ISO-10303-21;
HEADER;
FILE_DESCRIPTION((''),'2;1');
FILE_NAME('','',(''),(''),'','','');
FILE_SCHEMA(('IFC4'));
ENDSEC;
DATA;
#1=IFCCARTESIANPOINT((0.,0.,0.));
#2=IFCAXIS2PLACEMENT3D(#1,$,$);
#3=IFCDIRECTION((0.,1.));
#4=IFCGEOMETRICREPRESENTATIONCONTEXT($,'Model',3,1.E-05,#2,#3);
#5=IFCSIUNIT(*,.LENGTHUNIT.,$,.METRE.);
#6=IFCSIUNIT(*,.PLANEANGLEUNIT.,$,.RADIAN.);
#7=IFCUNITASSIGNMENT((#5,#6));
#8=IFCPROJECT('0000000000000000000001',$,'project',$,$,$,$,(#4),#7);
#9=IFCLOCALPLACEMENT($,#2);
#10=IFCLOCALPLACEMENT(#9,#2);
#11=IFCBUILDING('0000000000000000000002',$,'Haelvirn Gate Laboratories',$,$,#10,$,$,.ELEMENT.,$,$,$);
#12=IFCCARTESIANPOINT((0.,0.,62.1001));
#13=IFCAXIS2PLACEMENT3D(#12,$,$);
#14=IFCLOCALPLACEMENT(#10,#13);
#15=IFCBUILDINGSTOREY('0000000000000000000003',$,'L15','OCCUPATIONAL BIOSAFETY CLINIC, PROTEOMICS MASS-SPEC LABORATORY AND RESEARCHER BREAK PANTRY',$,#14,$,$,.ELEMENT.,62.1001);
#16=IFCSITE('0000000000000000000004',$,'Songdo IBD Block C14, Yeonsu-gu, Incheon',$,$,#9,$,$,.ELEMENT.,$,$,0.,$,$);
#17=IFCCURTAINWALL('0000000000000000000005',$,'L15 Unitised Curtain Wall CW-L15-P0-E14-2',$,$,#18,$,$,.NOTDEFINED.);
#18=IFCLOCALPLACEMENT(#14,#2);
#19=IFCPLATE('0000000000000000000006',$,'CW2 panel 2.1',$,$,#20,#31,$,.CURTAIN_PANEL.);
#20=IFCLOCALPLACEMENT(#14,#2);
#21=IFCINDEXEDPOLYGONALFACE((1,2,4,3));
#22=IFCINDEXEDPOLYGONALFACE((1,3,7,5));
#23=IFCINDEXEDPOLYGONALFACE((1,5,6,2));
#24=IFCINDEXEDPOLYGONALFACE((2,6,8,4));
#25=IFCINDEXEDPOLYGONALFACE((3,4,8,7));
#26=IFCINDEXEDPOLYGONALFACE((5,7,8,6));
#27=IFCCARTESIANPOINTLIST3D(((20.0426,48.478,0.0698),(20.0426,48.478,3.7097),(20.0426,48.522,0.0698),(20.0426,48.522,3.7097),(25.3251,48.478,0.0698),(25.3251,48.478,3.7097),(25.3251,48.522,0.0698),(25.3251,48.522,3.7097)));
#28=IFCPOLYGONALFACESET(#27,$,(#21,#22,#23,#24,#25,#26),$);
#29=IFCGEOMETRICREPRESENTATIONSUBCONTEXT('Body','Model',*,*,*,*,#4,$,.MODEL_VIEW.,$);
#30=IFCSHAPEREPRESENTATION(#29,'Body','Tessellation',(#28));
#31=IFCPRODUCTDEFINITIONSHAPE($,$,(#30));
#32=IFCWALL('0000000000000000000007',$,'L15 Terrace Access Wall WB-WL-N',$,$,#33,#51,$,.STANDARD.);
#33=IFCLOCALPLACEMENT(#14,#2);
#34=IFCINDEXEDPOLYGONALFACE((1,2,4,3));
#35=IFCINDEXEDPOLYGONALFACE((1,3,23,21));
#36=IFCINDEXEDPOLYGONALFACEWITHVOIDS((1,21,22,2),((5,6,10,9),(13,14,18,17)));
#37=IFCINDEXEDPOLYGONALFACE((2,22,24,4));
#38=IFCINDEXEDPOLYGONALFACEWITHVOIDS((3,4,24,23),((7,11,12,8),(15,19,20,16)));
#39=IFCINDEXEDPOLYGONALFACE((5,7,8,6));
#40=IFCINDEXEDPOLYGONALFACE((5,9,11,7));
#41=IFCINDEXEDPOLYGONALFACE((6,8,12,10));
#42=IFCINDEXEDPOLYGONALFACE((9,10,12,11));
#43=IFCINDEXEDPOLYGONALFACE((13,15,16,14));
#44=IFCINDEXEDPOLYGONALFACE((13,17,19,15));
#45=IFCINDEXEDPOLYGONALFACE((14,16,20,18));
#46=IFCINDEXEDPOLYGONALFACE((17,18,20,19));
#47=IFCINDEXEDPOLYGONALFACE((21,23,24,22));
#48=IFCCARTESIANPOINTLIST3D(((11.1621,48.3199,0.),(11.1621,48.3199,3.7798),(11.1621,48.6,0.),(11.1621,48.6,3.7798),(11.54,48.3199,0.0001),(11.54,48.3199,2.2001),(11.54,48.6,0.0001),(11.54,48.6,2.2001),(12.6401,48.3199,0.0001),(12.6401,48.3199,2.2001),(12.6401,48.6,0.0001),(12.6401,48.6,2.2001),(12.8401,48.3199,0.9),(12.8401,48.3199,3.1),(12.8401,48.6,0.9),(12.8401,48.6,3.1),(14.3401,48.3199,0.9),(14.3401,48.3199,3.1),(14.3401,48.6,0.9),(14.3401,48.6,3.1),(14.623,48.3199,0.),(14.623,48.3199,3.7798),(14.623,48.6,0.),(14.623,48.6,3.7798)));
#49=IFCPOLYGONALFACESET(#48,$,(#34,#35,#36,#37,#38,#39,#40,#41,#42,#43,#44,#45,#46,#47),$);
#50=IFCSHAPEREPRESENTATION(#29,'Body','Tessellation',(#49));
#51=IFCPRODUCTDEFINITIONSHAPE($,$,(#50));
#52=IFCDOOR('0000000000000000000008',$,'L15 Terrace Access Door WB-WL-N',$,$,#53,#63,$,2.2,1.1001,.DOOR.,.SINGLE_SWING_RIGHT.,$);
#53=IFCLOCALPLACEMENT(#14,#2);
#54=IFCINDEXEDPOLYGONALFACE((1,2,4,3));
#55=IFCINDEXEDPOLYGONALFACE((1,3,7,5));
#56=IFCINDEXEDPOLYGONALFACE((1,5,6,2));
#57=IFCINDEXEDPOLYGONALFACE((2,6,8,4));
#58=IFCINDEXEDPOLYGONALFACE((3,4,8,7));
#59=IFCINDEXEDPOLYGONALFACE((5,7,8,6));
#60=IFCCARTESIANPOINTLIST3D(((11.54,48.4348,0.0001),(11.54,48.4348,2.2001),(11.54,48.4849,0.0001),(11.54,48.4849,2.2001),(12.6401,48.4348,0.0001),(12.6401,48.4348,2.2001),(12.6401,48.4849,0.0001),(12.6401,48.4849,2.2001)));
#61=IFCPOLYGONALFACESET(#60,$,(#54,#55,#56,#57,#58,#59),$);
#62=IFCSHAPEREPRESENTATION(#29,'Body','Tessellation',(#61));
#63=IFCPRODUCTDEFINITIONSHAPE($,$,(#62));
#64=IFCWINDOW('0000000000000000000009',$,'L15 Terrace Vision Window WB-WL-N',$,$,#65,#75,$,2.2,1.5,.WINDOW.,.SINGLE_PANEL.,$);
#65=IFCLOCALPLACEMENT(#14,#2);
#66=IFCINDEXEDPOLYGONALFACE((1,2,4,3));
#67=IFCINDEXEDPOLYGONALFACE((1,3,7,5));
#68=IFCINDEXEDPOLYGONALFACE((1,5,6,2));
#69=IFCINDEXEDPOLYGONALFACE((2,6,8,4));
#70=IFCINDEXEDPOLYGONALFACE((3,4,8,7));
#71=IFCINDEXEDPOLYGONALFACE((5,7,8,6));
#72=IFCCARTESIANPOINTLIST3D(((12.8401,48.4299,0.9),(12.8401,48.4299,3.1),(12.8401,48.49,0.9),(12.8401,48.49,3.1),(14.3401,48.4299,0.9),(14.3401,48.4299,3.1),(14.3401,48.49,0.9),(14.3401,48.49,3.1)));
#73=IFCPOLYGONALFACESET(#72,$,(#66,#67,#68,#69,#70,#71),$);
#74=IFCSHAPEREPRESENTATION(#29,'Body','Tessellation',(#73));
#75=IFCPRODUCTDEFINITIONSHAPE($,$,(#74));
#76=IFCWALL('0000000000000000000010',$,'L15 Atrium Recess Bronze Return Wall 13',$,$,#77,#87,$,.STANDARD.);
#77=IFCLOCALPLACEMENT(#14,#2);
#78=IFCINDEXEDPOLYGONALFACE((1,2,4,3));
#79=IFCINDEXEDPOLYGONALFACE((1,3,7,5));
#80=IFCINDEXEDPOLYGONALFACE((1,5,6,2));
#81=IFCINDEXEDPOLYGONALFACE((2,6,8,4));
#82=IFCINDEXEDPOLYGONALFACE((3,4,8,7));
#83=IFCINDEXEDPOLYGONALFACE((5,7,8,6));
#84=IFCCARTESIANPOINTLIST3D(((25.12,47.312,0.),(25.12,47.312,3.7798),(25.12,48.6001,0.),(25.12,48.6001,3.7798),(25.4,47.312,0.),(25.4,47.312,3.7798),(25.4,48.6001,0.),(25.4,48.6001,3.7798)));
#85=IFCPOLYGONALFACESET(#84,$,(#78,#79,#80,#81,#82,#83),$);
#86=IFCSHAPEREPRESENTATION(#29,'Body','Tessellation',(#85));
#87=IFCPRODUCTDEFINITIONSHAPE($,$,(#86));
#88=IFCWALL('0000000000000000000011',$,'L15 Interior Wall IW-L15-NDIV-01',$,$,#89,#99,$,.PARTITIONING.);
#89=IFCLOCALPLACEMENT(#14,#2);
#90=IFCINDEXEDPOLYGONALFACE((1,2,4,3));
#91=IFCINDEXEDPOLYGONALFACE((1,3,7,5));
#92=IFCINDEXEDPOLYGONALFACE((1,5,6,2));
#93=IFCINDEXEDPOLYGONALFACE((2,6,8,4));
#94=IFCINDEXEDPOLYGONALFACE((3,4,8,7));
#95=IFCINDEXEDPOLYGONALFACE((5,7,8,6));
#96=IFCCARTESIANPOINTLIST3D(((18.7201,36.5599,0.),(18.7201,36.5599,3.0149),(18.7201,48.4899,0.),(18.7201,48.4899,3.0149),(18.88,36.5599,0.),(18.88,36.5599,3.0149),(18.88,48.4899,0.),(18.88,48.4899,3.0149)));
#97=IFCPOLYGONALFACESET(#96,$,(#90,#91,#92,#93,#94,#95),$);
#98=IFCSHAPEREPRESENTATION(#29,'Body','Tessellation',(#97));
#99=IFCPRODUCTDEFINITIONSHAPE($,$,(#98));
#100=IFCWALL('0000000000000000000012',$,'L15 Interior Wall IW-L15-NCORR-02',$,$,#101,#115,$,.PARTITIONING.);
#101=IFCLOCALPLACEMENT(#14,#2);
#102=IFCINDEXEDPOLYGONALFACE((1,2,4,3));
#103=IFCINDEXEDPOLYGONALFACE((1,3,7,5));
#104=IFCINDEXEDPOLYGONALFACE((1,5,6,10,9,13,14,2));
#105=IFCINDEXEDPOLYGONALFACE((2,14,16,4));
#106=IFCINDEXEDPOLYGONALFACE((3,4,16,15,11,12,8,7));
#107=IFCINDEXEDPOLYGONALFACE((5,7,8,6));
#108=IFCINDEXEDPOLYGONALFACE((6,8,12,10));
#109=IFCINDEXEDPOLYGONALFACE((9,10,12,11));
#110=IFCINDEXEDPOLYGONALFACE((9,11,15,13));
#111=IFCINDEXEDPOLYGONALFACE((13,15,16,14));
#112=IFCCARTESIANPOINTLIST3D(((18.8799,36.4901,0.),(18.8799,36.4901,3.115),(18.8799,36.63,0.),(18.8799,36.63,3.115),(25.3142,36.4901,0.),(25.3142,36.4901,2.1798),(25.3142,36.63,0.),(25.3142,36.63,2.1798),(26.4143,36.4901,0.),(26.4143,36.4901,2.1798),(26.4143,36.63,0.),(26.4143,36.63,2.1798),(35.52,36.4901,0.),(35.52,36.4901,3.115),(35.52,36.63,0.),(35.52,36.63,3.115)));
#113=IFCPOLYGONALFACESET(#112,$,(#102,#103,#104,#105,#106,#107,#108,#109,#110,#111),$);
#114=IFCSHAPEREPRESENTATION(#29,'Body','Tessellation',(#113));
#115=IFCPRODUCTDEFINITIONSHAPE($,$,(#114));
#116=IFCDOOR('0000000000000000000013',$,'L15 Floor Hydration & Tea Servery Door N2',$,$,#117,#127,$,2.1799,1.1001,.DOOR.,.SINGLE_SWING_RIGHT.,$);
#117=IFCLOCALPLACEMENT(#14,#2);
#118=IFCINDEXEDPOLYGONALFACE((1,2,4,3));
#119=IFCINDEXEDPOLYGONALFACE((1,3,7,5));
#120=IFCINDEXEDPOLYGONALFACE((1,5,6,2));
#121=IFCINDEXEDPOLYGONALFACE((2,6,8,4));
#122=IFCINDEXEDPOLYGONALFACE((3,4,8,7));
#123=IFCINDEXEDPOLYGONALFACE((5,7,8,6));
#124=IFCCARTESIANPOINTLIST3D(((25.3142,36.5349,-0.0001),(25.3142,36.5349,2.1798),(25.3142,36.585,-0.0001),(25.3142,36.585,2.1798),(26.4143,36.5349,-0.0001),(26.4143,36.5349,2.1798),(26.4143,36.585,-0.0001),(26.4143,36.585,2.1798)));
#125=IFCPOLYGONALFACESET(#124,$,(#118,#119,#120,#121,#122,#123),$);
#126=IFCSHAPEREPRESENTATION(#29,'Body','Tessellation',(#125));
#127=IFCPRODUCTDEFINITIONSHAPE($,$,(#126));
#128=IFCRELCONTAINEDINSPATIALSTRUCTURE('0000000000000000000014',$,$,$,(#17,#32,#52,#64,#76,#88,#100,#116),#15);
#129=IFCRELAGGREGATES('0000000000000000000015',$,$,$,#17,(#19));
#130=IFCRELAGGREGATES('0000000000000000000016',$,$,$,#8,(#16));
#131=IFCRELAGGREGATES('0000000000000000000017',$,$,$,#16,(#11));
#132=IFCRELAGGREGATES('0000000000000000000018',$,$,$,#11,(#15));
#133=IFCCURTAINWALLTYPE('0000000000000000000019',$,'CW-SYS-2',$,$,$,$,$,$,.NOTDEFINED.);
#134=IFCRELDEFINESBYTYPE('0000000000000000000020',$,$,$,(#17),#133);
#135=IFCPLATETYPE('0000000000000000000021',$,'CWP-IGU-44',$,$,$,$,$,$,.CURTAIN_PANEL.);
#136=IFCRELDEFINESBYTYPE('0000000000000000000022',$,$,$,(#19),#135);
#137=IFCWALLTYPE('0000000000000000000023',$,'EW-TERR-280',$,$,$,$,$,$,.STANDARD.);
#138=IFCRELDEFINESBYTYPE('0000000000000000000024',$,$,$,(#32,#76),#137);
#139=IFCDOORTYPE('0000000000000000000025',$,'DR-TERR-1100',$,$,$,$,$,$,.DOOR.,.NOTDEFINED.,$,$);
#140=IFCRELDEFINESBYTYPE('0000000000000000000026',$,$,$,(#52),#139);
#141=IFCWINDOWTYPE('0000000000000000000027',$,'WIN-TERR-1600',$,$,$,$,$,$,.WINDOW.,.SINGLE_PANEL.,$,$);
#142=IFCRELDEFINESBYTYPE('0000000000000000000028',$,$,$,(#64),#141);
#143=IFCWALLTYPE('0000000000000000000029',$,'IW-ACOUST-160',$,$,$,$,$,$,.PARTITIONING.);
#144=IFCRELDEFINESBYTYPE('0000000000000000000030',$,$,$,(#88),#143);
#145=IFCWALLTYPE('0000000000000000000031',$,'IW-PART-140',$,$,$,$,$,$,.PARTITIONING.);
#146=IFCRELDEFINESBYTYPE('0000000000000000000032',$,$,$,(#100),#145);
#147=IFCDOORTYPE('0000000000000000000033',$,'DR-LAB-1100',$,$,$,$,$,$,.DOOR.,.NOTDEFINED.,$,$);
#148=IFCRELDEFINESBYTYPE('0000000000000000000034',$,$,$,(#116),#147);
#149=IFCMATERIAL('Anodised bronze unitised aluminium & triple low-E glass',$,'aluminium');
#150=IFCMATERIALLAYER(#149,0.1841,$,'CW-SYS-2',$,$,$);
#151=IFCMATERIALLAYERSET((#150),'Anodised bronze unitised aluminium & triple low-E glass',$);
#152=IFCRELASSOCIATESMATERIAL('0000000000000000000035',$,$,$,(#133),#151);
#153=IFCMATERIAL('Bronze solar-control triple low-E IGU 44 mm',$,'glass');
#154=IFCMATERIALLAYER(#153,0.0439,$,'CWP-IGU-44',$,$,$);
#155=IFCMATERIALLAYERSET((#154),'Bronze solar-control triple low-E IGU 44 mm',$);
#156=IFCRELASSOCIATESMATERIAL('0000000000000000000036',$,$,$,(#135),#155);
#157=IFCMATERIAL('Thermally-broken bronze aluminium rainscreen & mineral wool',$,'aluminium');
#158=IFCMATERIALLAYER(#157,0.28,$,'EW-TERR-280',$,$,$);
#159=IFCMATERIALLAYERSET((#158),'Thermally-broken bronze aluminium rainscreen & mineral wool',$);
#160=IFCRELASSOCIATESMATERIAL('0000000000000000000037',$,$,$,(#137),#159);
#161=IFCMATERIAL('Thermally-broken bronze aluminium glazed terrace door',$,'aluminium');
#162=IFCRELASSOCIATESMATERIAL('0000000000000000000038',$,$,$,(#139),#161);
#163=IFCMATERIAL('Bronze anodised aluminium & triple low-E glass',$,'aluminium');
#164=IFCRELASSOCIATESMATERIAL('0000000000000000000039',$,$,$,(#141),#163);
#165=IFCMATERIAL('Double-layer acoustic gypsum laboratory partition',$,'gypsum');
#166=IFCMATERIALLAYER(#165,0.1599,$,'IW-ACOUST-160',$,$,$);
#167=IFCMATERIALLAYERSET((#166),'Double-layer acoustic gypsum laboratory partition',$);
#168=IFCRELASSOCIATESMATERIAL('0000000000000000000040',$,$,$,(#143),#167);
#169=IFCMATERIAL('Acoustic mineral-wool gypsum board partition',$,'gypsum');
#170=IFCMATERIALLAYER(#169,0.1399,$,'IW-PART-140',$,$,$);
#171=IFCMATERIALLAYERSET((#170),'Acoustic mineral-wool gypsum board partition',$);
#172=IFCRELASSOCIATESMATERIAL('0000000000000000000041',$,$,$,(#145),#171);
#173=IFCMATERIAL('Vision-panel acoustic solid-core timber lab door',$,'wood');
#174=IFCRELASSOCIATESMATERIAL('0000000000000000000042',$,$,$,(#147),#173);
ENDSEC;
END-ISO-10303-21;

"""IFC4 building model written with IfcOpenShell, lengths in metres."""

from ifc_helpers import new_model, si_unit, direction, frame, frame_2d, origin, origin_2d, place, context, subcontext, project, spatial, rectangle, extrude, source, transform, mapped, material, layer, layer_set, type_object, type_shapes, element, fill, aggregate, save


model = new_model("IFC4")

# Units and contexts
model_context = context("Model", 3, precision=1e-05, world=origin(), true_north=direction((0.0, 1.0)))
body_context = subcontext(model_context, "Body", "Model", "MODEL_VIEW")
ifc_project = project(units=[si_unit("LENGTHUNIT", "METRE"), si_unit("PLANEANGLEUNIT", "RADIAN")], contexts=[model_context])

# Site, building, storey
site_placement = place(None, origin())
site = spatial("IfcSite", under=ifc_project, at=site_placement, Name="Songdo IBD Block C14, Yeonsu-gu, Incheon", CompositionType="ELEMENT", RefElevation=0.0)
building_placement = place(site_placement, origin())
building = spatial("IfcBuilding", under=site, at=building_placement, Name="Haelvirn Gate Laboratories", CompositionType="ELEMENT")
storey_placement = place(building_placement, frame((0.0, 0.0, 62.1001)))
storey = spatial("IfcBuildingStorey", under=building, at=storey_placement, Name="L15", Description="OCCUPATIONAL BIOSAFETY CLINIC, PROTEOMICS MASS-SPEC LABORATORY AND RESEARCHER BREAK PANTRY", CompositionType="ELEMENT", Elevation=62.1001)

# Curtain wall
ifc_material_1 = material(Name="Anodised bronze unitised aluminium & triple low-E glass", Category="aluminium")
ifc_layer_1 = layer(ifc_material_1, 0.1841, Name="CW-SYS-2")
ifc_layer_set_1 = layer_set([ifc_layer_1], Name="Anodised bronze unitised aluminium & triple low-E glass")
curtain_wall_type = type_object("IfcCurtainWallType", Name="CW-SYS-2", PredefinedType="NOTDEFINED", material=ifc_layer_set_1)
curtain_wall_1_placement = place(storey_placement, origin())
curtain_wall_1 = element("IfcCurtainWall", 1, at=curtain_wall_1_placement, inside=storey, type_object=curtain_wall_type, Name="L15 Unitised Curtain Wall CW-L15-P0-E14-2", PredefinedType="NOTDEFINED")

# Plate
ifc_material_2 = material(Name="Bronze solar-control triple low-E IGU 44 mm", Category="glass")
ifc_layer_2 = layer(ifc_material_2, 0.0439, Name="CWP-IGU-44")
ifc_layer_set_2 = layer_set([ifc_layer_2], Name="Bronze solar-control triple low-E IGU 44 mm")
plate_type = type_object("IfcPlateType", Name="CWP-IGU-44", PredefinedType="CURTAIN_PANEL", material=ifc_layer_set_2)
shared_shape_1 = source(origin(), body_context, "Body", "SweptSolid", [
    extrude(rectangle(XDim=5.2825, YDim=0.0439, at=origin_2d()), origin(), (0.0, 0.0, 1.0), 3.6399),
])
plate_1_placement = place(storey_placement, frame((22.6838, 48.5, 0.0698), z_axis=(0.0, 0.0, 1.0), x_axis=(1.0, 0.0, 0.0)))
plate_1 = element("IfcPlate", 2, at=plate_1_placement, type_object=plate_type, Name="CW2 panel 2.1", PredefinedType="CURTAIN_PANEL", context=body_context, shape_type="MappedRepresentation", body=[
    mapped(shared_shape_1, transform((0.0, 0.0, 0.0), scale=1.0)),
])
aggregate(curtain_wall_1, [plate_1])

# Wall, openings, door, window
ifc_material_3 = material(Name="Thermally-broken bronze aluminium rainscreen & mineral wool", Category="aluminium")
ifc_layer_3 = layer(ifc_material_3, 0.28, Name="EW-TERR-280")
ifc_layer_set_3 = layer_set([ifc_layer_3], Name="Thermally-broken bronze aluminium rainscreen & mineral wool")
wall_type_1 = type_object("IfcWallType", Name="EW-TERR-280", PredefinedType="STANDARD", material=ifc_layer_set_3)
wall_1_placement = place(storey_placement, frame((11.1621, 48.46, 0.0), z_axis=(0.0, 0.0, 1.0), x_axis=(1.0, 0.0, 0.0)))
wall_1 = element("IfcWall", 3, at=wall_1_placement, inside=storey, type_object=wall_type_1, Name="L15 Terrace Access Wall WB-WL-N", PredefinedType="STANDARD", context=body_context, shape_type="SweptSolid", body=[
    extrude(rectangle(XDim=3.4609, YDim=0.28, at=frame_2d((1.7305, 0.0))), origin(), (0.0, 0.0, 1.0), 3.7798),
])
opening_1_placement = place(wall_1_placement, frame((0.3779, 0.0, 0.0)))
opening_1 = element("IfcOpeningElement", 4, at=opening_1_placement, cuts=wall_1, PredefinedType="OPENING", context=body_context, shape_type="SweptSolid", body=[
    extrude(rectangle(XDim=1.1001, YDim=2.2, at=frame_2d((0.55, 1.1001))), frame((0.0, 0.1499, 0.0), z_axis=(0.0, -1.0, 0.0), x_axis=(1.0, 0.0, 0.0)), (0.0, 0.0, 1.0), 0.3),
])
opening_2_placement = place(wall_1_placement, frame((1.678, 0.0, 0.8999)))
opening_2 = element("IfcOpeningElement", 5, at=opening_2_placement, cuts=wall_1, PredefinedType="OPENING", context=body_context, shape_type="SweptSolid", body=[
    extrude(rectangle(XDim=1.5, YDim=2.2, at=frame_2d((0.75, 1.1001))), frame((0.0, 0.1499, 0.0), z_axis=(0.0, -1.0, 0.0), x_axis=(1.0, 0.0, 0.0)), (0.0, 0.0, 1.0), 0.3),
])
ifc_material_4 = material(Name="Thermally-broken bronze aluminium glazed terrace door", Category="aluminium")
door_type_1 = type_object("IfcDoorType", Name="DR-TERR-1100", OperationType="NOTDEFINED", PredefinedType="DOOR", material=ifc_material_4)
shared_shape_2 = source(origin(), body_context, "Body", "SweptSolid", [
    extrude(rectangle(XDim=1.1001, YDim=2.2, at=frame_2d((0.55, 1.1001))), frame((0.0, 0.0249, 0.0), z_axis=(0.0, -1.0, 0.0), x_axis=(1.0, 0.0, 0.0)), (0.0, 0.0, 1.0), 0.05),
])
type_shapes(door_type_1, [shared_shape_2])
door_1_placement = place(opening_1_placement, origin())
door_1 = element("IfcDoor", 6, at=door_1_placement, inside=storey, type_object=door_type_1, Name="L15 Terrace Access Door WB-WL-N", OperationType="SINGLE_SWING_RIGHT", OverallHeight=2.2, OverallWidth=1.1001, PredefinedType="DOOR", context=body_context, shape_type="MappedRepresentation", body=[
    mapped(shared_shape_2, transform((0.0, 0.0, 0.0), scale=1.0)),
])
fill(opening_1, door_1)
ifc_material_5 = material(Name="Bronze anodised aluminium & triple low-E glass", Category="aluminium")
window_type = type_object("IfcWindowType", Name="WIN-TERR-1600", PartitioningType="SINGLE_PANEL", PredefinedType="WINDOW", material=ifc_material_5)
shared_shape_3 = source(origin(), body_context, "Body", "SweptSolid", [
    extrude(rectangle(XDim=1.5, YDim=2.2, at=frame_2d((0.75, 1.1001))), frame((0.0, 0.03, 0.0), z_axis=(0.0, -1.0, 0.0), x_axis=(1.0, 0.0, 0.0)), (0.0, 0.0, 1.0), 0.0601),
])
type_shapes(window_type, [shared_shape_3])
window_placement = place(opening_2_placement, origin())
window = element("IfcWindow", 7, at=window_placement, inside=storey, type_object=window_type, Name="L15 Terrace Vision Window WB-WL-N", OverallHeight=2.2, OverallWidth=1.5, PartitioningType="SINGLE_PANEL", PredefinedType="WINDOW", context=body_context, shape_type="MappedRepresentation", body=[
    mapped(shared_shape_3, transform((0.0, 0.0, 0.0), scale=1.0)),
])
fill(opening_2, window)

# Walls
wall_2_placement = place(storey_placement, frame((25.26, 47.312, 0.0), z_axis=(0.0, 0.0, 1.0), x_axis=(0.0, 1.0, 0.0)))
element("IfcWall", 8, at=wall_2_placement, inside=storey, type_object=wall_type_1, Name="L15 Atrium Recess Bronze Return Wall 13", PredefinedType="STANDARD", context=body_context, shape_type="SweptSolid", body=[
    extrude(rectangle(XDim=1.2881, YDim=0.28, at=frame_2d((0.644, 0.0))), origin(), (0.0, 0.0, 1.0), 3.7798),
])
ifc_material_6 = material(Name="Double-layer acoustic gypsum laboratory partition", Category="gypsum")
ifc_layer_4 = layer(ifc_material_6, 0.1599, Name="IW-ACOUST-160")
ifc_layer_set_4 = layer_set([ifc_layer_4], Name="Double-layer acoustic gypsum laboratory partition")
wall_type_2 = type_object("IfcWallType", Name="IW-ACOUST-160", PredefinedType="PARTITIONING", material=ifc_layer_set_4)
wall_3_placement = place(storey_placement, frame((18.8, 36.5601, 0.0), z_axis=(0.0, 0.0, 1.0), x_axis=(0.0, 1.0, 0.0)))
element("IfcWall", 9, at=wall_3_placement, inside=storey, type_object=wall_type_2, Name="L15 Interior Wall IW-L15-NDIV-01", PredefinedType="PARTITIONING", context=body_context, shape_type="SweptSolid", body=[
    extrude(rectangle(XDim=11.9299, YDim=0.1599, at=frame_2d((5.9648, 0.0))), origin(), (0.0, 0.0, 1.0), 3.0149),
])

# Wall, opening, door
ifc_material_7 = material(Name="Acoustic mineral-wool gypsum board partition", Category="gypsum")
ifc_layer_5 = layer(ifc_material_7, 0.1399, Name="IW-PART-140")
ifc_layer_set_5 = layer_set([ifc_layer_5], Name="Acoustic mineral-wool gypsum board partition")
wall_type_3 = type_object("IfcWallType", Name="IW-PART-140", PredefinedType="PARTITIONING", material=ifc_layer_set_5)
wall_4_placement = place(storey_placement, frame((18.8799, 36.5601, 0.0), z_axis=(0.0, 0.0, 1.0), x_axis=(1.0, 0.0, 0.0)))
wall_4 = element("IfcWall", 10, at=wall_4_placement, inside=storey, type_object=wall_type_3, Name="L15 Interior Wall IW-L15-NCORR-02", PredefinedType="PARTITIONING", context=body_context, shape_type="SweptSolid", body=[
    extrude(rectangle(XDim=16.6401, YDim=0.1399, at=frame_2d((8.3201, 0.0))), origin(), (0.0, 0.0, 1.0), 3.115),
])
opening_3_placement = place(wall_4_placement, frame((6.4343, 0.0, 0.0)))
opening_3 = element("IfcOpeningElement", 11, at=opening_3_placement, cuts=wall_4, PredefinedType="OPENING", context=body_context, shape_type="SweptSolid", body=[
    extrude(rectangle(XDim=1.1001, YDim=2.1799, at=frame_2d((0.55, 1.0898))), frame((0.0, 0.0801, 0.0), z_axis=(0.0, -1.0, 0.0), x_axis=(1.0, 0.0, 0.0)), (0.0, 0.0, 1.0), 0.1599),
])
ifc_material_8 = material(Name="Vision-panel acoustic solid-core timber lab door", Category="wood")
door_type_2 = type_object("IfcDoorType", Name="DR-LAB-1100", OperationType="NOTDEFINED", PredefinedType="DOOR", material=ifc_material_8)
shared_shape_4 = source(origin(), body_context, "Body", "SweptSolid", [
    extrude(rectangle(XDim=1.1001, YDim=2.1799, at=frame_2d((0.55, 1.0898))), frame((0.0, 0.0249, 0.0), z_axis=(0.0, -1.0, 0.0), x_axis=(1.0, 0.0, 0.0)), (0.0, 0.0, 1.0), 0.05),
])
type_shapes(door_type_2, [shared_shape_4])
door_2_placement = place(opening_3_placement, origin())
door_2 = element("IfcDoor", 12, at=door_2_placement, inside=storey, type_object=door_type_2, Name="L15 Floor Hydration & Tea Servery Door N2", OperationType="SINGLE_SWING_RIGHT", OverallHeight=2.1799, OverallWidth=1.1001, PredefinedType="DOOR", context=body_context, shape_type="MappedRepresentation", body=[
    mapped(shared_shape_4, transform((0.0, 0.0, 0.0), scale=1.0)),
])
fill(opening_3, door_2)

save(model, "model.ifc")
